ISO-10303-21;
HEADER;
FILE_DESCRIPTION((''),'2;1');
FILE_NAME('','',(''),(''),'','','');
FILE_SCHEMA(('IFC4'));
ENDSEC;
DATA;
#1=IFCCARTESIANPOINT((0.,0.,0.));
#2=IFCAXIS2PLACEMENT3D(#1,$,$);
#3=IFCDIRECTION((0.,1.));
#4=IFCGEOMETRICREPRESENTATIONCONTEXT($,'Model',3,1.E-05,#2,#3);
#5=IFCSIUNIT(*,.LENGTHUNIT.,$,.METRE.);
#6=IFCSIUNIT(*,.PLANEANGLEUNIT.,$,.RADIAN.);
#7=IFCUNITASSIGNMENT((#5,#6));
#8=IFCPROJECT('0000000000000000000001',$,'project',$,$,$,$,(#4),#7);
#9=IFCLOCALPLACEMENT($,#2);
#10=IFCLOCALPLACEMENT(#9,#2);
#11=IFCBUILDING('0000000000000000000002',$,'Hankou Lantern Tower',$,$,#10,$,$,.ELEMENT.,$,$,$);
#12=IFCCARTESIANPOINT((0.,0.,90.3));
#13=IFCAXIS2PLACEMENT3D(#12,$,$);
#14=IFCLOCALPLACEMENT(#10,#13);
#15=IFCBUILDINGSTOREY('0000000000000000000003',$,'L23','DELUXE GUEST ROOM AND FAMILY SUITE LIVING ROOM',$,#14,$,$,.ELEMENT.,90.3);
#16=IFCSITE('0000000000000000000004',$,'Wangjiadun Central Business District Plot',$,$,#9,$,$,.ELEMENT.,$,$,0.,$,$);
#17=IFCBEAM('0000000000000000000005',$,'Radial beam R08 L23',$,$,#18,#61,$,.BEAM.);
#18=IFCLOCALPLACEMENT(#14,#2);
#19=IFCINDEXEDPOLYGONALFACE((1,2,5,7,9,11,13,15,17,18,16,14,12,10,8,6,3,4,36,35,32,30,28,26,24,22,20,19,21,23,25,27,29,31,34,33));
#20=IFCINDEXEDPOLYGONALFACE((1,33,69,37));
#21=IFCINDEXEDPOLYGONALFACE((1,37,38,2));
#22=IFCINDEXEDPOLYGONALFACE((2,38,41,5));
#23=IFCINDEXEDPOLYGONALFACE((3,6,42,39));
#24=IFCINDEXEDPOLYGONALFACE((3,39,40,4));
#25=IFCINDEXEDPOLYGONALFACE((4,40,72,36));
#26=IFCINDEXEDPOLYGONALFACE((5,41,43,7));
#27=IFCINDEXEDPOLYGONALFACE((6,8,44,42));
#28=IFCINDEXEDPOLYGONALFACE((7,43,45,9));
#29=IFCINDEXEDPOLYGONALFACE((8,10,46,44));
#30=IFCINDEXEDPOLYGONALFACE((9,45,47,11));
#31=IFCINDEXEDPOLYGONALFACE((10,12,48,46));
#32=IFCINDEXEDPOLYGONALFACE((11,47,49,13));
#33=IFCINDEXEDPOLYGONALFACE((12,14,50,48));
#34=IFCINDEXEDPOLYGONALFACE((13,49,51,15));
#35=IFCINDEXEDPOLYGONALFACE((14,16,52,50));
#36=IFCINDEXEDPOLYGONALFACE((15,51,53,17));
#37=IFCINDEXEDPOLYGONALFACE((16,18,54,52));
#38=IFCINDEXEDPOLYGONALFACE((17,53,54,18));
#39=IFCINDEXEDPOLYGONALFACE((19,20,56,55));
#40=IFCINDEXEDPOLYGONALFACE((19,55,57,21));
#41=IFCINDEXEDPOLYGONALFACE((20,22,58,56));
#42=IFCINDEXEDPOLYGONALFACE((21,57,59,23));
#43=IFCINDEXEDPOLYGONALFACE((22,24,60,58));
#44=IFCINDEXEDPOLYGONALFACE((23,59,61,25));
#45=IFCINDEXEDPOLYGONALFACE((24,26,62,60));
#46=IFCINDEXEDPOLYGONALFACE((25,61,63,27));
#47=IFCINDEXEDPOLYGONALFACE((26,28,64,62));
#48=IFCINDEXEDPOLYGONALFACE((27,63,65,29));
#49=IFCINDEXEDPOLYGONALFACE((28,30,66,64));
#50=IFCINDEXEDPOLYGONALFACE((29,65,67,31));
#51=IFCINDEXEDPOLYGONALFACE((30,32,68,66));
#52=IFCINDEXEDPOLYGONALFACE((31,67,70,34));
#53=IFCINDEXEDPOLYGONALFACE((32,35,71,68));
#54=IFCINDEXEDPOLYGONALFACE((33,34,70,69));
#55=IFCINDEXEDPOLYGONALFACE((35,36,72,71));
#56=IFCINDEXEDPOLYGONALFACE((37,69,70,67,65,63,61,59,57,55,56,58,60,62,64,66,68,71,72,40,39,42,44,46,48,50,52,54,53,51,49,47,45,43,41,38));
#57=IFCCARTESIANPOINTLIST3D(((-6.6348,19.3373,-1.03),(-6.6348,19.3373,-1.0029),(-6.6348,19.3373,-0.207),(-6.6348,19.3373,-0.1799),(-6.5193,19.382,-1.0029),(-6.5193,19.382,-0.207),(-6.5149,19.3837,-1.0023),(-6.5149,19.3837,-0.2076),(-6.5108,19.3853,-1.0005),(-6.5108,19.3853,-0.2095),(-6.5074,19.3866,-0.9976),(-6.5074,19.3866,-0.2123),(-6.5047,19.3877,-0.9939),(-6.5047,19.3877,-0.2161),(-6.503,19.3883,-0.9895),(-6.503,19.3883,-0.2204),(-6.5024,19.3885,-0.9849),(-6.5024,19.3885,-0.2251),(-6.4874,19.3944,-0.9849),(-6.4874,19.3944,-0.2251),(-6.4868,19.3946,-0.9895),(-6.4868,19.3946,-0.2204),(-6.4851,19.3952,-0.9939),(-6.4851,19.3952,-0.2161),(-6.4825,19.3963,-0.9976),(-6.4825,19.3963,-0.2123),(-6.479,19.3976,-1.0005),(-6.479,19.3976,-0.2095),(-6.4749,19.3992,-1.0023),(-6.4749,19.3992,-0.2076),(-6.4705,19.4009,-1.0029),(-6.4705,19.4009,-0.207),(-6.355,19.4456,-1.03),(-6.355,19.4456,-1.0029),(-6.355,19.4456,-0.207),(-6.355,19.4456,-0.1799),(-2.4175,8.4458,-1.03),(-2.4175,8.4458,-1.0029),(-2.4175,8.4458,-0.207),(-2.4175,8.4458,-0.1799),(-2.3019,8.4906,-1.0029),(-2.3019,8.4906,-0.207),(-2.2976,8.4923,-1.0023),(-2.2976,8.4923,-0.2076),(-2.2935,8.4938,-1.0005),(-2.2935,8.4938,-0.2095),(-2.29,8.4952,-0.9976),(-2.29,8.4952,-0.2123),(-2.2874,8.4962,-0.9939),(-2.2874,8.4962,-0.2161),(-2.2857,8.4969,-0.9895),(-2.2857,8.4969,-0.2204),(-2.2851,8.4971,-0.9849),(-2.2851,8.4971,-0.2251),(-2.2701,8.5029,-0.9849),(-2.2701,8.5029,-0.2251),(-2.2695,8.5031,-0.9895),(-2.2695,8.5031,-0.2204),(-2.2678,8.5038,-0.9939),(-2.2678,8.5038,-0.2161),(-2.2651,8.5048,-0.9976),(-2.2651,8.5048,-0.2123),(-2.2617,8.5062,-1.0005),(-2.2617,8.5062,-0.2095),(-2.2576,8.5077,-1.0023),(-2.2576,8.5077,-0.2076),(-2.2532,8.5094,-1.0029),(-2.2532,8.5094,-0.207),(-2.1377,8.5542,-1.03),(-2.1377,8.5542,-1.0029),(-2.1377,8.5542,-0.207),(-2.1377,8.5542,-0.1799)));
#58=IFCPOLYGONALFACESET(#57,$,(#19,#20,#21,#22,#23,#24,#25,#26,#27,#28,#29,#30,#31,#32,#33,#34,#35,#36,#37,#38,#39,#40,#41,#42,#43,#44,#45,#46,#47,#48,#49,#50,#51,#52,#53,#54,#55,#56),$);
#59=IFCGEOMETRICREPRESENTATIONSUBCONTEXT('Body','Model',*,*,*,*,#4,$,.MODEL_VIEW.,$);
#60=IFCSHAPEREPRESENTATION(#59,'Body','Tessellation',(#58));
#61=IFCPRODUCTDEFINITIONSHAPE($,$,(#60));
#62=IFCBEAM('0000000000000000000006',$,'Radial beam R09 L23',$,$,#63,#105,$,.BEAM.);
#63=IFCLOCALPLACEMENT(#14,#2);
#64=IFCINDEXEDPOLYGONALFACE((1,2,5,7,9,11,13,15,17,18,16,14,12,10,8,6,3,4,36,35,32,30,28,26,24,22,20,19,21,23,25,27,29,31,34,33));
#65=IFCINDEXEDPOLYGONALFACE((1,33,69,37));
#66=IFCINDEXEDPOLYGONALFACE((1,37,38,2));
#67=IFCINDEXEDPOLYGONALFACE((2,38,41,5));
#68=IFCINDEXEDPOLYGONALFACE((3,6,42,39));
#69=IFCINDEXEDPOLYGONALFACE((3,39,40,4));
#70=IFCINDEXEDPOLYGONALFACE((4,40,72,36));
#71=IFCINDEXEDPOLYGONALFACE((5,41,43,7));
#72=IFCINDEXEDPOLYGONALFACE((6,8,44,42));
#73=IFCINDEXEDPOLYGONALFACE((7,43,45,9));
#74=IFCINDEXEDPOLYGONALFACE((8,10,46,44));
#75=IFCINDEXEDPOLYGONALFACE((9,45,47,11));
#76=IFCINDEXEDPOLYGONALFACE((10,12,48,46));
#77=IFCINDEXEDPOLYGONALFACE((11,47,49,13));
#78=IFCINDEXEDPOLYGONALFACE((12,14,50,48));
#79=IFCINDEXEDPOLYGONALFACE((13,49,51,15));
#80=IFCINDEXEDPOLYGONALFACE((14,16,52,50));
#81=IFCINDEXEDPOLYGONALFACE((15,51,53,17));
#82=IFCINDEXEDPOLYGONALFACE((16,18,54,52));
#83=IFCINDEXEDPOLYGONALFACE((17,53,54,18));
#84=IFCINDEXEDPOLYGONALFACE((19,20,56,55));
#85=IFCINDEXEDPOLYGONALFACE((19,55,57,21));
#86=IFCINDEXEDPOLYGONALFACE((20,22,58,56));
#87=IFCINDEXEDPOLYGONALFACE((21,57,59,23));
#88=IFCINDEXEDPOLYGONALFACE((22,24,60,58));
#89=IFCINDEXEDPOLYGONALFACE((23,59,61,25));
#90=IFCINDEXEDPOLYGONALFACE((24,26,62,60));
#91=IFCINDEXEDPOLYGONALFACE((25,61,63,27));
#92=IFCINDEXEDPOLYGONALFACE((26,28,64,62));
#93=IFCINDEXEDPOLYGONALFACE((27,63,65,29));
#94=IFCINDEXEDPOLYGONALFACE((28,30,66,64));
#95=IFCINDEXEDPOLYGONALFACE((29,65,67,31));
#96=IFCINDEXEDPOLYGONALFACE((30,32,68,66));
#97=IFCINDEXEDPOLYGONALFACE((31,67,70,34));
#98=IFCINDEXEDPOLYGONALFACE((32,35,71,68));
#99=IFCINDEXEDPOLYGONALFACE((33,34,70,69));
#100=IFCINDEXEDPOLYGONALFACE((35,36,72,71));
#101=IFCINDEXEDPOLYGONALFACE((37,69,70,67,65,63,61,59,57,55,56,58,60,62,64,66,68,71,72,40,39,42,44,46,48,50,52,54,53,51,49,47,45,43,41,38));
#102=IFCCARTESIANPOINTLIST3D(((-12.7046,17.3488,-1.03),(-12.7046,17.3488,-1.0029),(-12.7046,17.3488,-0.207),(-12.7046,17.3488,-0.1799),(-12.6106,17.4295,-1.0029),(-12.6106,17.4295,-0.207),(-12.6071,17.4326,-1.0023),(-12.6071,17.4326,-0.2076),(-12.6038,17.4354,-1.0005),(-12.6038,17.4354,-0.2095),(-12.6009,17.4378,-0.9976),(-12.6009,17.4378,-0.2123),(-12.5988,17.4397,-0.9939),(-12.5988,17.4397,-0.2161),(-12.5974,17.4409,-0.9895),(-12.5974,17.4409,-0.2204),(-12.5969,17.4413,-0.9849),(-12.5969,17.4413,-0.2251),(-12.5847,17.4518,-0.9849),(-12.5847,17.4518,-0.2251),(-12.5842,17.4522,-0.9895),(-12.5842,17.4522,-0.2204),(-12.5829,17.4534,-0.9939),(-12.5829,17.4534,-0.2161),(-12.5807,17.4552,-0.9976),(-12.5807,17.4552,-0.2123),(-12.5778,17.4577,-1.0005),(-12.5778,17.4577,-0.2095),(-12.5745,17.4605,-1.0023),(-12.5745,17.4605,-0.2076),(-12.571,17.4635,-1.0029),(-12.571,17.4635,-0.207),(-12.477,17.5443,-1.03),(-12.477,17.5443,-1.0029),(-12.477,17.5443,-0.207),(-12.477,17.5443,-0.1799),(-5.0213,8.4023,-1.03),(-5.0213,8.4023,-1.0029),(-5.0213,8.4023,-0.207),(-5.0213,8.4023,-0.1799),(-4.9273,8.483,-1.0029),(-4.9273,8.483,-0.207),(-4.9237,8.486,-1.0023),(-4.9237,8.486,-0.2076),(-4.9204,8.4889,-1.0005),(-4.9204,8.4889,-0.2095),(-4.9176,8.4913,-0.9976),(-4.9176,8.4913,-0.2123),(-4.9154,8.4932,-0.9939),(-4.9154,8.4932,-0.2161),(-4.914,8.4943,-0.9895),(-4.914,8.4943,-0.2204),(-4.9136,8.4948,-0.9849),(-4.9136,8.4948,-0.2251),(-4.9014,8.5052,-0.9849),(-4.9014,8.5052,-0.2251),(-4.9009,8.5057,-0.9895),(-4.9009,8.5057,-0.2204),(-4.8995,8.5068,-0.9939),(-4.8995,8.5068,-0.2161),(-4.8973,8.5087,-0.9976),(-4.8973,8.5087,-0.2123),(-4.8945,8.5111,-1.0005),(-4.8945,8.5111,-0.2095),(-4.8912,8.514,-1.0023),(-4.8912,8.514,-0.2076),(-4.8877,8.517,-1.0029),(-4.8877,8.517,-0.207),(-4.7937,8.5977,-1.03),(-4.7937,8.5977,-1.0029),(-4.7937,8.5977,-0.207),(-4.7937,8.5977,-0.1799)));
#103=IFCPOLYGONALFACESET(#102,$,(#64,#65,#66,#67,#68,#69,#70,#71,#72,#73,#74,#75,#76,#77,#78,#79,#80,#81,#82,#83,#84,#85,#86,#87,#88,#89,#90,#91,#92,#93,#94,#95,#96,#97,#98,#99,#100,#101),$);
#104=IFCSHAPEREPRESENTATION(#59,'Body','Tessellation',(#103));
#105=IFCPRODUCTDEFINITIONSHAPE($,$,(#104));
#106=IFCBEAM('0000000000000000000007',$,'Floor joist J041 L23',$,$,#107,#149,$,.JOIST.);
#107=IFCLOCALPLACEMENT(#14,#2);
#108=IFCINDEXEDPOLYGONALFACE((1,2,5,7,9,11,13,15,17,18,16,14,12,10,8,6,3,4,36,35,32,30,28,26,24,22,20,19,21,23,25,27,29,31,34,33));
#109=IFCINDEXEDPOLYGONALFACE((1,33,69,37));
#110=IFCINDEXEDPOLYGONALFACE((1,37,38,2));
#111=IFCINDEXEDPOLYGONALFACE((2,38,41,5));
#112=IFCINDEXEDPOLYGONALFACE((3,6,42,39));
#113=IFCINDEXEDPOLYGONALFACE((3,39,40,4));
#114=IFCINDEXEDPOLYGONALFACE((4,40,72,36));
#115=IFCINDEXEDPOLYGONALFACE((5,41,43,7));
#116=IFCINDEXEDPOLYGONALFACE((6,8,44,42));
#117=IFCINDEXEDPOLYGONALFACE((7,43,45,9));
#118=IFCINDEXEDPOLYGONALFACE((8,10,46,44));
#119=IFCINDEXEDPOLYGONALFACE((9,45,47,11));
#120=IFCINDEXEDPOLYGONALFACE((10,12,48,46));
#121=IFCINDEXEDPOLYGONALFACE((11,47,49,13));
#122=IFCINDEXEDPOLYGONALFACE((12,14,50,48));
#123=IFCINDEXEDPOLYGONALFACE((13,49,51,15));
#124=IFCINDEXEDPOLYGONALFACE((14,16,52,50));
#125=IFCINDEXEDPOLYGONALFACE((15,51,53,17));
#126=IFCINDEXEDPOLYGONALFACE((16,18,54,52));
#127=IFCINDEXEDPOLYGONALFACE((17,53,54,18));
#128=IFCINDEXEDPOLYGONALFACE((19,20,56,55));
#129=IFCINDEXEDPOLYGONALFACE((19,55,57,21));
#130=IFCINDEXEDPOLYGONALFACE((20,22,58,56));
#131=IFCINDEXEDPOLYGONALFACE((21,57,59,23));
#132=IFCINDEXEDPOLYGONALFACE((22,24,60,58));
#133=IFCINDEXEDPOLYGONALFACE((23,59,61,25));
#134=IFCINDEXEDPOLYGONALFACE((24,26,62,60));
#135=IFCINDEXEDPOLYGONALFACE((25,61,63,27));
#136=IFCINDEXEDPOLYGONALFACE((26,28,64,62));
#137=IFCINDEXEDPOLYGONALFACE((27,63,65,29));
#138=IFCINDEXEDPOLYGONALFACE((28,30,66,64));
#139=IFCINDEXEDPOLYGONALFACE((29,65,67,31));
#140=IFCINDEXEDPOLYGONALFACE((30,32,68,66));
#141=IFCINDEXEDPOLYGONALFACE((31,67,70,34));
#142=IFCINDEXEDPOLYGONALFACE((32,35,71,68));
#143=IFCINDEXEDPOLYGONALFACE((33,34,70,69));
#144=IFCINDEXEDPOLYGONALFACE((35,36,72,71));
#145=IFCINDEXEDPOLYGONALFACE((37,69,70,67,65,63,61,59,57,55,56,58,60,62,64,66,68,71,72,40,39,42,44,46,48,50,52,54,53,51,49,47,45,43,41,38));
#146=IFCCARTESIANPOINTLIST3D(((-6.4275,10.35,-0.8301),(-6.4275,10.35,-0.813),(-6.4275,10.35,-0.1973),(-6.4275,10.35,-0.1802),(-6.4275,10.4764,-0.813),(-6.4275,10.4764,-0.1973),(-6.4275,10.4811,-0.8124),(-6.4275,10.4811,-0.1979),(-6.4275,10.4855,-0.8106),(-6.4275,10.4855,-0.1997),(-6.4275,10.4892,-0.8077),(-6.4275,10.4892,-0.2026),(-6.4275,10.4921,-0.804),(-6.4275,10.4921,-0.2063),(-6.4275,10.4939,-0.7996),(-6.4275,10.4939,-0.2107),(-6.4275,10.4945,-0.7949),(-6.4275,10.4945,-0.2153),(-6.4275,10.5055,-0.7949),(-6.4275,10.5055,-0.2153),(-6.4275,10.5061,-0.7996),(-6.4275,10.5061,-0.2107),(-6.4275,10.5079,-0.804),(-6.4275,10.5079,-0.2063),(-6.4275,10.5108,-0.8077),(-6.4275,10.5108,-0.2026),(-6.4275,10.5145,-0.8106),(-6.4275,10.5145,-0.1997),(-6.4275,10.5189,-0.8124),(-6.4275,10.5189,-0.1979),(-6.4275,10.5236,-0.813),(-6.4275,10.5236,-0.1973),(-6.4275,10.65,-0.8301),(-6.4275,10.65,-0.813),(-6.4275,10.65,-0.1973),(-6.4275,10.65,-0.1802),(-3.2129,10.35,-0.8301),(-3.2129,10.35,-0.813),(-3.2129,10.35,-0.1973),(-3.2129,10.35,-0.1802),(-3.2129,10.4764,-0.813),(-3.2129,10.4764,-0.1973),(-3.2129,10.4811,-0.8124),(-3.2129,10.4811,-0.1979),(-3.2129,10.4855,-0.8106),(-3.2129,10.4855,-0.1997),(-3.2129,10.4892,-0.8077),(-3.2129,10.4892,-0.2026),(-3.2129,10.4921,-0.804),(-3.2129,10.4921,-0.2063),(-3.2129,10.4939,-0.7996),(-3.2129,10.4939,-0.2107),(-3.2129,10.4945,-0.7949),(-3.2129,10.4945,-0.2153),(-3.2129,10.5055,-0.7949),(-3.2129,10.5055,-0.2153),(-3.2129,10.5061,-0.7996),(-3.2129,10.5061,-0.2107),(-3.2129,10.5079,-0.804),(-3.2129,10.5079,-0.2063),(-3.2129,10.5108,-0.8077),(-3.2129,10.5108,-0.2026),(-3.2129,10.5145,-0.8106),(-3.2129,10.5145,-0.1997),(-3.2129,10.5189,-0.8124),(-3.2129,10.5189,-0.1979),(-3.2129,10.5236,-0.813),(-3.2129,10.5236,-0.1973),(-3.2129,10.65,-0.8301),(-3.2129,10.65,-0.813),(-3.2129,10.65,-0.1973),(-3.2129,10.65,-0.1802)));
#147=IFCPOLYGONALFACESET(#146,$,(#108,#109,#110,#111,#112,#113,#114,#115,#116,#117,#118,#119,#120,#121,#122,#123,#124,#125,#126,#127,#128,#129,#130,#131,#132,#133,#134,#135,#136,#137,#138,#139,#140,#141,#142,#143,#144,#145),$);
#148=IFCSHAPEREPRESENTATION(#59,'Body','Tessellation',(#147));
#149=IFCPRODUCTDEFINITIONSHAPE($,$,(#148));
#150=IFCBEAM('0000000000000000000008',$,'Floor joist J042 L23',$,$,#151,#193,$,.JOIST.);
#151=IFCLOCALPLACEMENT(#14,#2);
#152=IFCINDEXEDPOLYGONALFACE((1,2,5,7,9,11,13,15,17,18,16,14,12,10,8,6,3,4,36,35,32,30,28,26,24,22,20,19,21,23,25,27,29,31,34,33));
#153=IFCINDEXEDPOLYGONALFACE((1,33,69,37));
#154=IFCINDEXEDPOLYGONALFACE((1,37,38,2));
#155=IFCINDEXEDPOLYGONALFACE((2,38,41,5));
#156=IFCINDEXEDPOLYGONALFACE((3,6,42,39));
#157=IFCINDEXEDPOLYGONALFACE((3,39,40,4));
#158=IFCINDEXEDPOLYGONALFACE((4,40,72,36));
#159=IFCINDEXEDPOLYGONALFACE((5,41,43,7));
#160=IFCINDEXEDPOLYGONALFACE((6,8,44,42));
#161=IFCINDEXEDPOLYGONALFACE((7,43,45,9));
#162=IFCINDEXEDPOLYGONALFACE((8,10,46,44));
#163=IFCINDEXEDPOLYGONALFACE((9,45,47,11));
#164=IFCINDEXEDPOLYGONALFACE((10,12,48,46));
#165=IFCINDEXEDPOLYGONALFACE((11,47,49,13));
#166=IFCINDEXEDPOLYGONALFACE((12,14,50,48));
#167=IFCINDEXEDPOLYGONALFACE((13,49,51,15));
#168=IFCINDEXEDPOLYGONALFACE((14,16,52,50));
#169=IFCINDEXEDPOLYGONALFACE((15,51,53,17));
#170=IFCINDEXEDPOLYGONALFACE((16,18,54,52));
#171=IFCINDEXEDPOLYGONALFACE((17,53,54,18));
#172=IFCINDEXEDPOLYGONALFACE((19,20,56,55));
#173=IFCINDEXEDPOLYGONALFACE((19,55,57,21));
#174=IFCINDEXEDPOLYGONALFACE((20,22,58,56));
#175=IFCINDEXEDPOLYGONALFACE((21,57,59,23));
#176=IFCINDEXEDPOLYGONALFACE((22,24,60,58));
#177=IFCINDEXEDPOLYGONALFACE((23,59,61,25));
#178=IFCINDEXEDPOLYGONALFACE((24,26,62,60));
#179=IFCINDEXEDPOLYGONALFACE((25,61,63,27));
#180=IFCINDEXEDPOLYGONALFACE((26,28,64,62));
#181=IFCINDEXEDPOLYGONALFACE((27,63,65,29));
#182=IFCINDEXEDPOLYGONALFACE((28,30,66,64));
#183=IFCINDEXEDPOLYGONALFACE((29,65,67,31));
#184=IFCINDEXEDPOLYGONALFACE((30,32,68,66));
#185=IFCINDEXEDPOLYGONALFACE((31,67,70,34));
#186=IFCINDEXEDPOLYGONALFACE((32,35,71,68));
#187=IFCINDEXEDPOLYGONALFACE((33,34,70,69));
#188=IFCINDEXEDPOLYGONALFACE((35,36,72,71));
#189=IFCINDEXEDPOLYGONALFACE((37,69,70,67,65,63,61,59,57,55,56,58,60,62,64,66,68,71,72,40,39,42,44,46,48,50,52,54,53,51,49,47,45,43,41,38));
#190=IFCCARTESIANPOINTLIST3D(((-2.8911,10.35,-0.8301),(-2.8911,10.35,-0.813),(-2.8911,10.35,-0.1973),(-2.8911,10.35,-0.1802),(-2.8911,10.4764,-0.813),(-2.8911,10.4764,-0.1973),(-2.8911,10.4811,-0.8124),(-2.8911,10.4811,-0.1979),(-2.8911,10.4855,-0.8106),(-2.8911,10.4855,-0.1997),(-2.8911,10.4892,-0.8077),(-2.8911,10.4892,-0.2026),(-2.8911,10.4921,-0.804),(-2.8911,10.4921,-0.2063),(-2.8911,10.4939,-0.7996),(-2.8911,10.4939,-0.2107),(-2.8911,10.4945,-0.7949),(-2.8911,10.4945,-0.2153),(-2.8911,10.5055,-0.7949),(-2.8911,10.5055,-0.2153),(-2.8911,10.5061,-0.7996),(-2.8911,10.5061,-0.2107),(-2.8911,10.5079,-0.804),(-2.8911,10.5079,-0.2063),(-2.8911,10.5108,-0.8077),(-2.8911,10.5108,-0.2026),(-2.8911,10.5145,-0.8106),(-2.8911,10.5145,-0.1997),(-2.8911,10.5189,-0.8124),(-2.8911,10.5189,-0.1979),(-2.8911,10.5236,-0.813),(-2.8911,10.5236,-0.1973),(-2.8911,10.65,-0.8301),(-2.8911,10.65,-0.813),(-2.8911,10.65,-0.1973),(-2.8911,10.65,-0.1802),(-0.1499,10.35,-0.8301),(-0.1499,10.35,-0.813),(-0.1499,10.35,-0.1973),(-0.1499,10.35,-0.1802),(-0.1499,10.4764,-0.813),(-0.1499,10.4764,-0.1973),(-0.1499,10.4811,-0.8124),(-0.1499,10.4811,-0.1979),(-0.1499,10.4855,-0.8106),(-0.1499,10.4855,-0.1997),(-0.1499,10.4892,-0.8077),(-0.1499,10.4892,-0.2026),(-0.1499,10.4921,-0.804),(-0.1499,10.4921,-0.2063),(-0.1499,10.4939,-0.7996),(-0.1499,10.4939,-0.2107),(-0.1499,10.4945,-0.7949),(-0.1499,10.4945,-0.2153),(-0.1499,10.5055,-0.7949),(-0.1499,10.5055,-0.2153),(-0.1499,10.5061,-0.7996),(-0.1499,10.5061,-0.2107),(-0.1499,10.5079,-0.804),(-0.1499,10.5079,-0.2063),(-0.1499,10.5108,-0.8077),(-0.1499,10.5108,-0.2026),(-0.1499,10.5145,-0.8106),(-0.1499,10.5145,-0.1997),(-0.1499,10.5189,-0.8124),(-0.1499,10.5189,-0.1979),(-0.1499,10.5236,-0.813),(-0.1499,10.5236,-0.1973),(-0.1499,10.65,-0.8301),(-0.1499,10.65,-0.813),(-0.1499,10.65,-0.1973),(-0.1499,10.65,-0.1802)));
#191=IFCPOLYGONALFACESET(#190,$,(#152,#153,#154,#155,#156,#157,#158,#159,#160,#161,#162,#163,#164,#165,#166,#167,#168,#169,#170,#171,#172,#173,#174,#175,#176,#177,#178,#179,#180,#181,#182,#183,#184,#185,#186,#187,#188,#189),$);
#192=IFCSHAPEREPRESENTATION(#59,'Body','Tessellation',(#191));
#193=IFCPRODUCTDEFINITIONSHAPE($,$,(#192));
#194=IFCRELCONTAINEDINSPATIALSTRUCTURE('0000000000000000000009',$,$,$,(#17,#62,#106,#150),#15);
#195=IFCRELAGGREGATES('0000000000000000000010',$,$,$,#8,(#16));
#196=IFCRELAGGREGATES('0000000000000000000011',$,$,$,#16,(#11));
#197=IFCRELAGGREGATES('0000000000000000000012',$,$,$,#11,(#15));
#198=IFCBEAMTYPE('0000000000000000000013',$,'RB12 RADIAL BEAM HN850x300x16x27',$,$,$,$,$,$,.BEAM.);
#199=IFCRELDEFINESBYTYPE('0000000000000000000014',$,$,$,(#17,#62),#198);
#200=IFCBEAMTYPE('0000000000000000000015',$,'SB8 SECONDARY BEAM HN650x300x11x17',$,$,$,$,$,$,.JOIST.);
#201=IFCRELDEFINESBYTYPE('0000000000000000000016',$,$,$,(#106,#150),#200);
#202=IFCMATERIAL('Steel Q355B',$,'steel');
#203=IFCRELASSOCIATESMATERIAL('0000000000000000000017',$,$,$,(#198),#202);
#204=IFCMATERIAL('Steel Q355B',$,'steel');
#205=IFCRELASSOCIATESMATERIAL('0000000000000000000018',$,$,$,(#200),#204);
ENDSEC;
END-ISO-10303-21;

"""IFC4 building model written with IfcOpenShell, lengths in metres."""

from ifc_helpers import new_model, si_unit, direction, frame, origin, origin_2d, place, context, subcontext, project, spatial, i_section, extrude, material, material_profile, profile_set, type_object, element, save


model = new_model("IFC4")

# Units and contexts
model_context = context("Model", 3, precision=1e-05, world=origin(), true_north=direction((0.0, 1.0)))
body_context = subcontext(model_context, "Body", "Model", "MODEL_VIEW")
ifc_project = project(units=[si_unit("LENGTHUNIT", "METRE"), si_unit("PLANEANGLEUNIT", "RADIAN")], contexts=[model_context])

# Site, building, storey
site_placement = place(None, origin())
site = spatial("IfcSite", under=ifc_project, at=site_placement, Name="Wangjiadun Central Business District Plot", CompositionType="ELEMENT", RefElevation=0.0)
building_placement = place(site_placement, origin())
building = spatial("IfcBuilding", under=site, at=building_placement, Name="Hankou Lantern Tower", CompositionType="ELEMENT")
storey_placement = place(building_placement, frame((0.0, 0.0, 90.3)))
storey = spatial("IfcBuildingStorey", under=building, at=storey_placement, Name="L23", Description="DELUXE GUEST ROOM AND FAMILY SUITE LIVING ROOM", CompositionType="ELEMENT", Elevation=90.3)

# Beams
ifc_material_1 = material(Name="Steel Q355B", Category="steel")
ifc_material_profile_1 = material_profile(ifc_material_1, i_section(OverallWidth=0.3, OverallDepth=0.8501, WebThickness=0.0161, FlangeThickness=0.0271, FilletRadius=0.0181, at=origin_2d()), Name="HN850x300x16x27")
ifc_profile_set_1 = profile_set([ifc_material_profile_1], Name="Steel Q355B")
beam_type_1 = type_object("IfcBeamType", Name="RB12 RADIAL BEAM HN850x300x16x27", PredefinedType="BEAM", material=ifc_profile_set_1)
beam_1_placement = place(storey_placement, frame((-2.2776, 8.5, -0.605), z_axis=(-0.361089, 0.932531, 0.0), x_axis=(-0.932531, -0.361089, 0.0)))
element("IfcBeam", 1, at=beam_1_placement, inside=storey, type_object=beam_type_1, Name="Radial beam R08 L23", PredefinedType="BEAM", context=body_context, shape_type="SweptSolid", body=[
    extrude(i_section(OverallWidth=0.3, OverallDepth=0.8501, WebThickness=0.0161, FlangeThickness=0.0271, FilletRadius=0.0181, at=origin_2d()), origin(), (0.0, 0.0, 1.0), 11.6794),
])
beam_2_placement = place(storey_placement, frame((-4.9075, 8.5, -0.605), z_axis=(-0.651519, 0.758632, 0.0), x_axis=(-0.758632, -0.651519, 0.0)))
element("IfcBeam", 2, at=beam_2_placement, inside=storey, type_object=beam_type_1, Name="Radial beam R09 L23", PredefinedType="BEAM", context=body_context, shape_type="SweptSolid", body=[
    extrude(i_section(OverallWidth=0.3, OverallDepth=0.8501, WebThickness=0.0161, FlangeThickness=0.0271, FilletRadius=0.0181, at=origin_2d()), origin(), (0.0, 0.0, 1.0), 11.793),
])
ifc_material_2 = material(Name="Steel Q355B", Category="steel")
ifc_material_profile_2 = material_profile(ifc_material_2, i_section(OverallWidth=0.3, OverallDepth=0.6499, WebThickness=0.011, FlangeThickness=0.0171, FilletRadius=0.0181, at=origin_2d()), Name="HN650x300x11x17")
ifc_profile_set_2 = profile_set([ifc_material_profile_2], Name="Steel Q355B")
beam_type_2 = type_object("IfcBeamType", Name="SB8 SECONDARY BEAM HN650x300x11x17", PredefinedType="JOIST", material=ifc_profile_set_2)
beam_3_placement = place(storey_placement, frame((-6.4275, 10.5, -0.5051), z_axis=(1.0, 0.0, 0.0), x_axis=(0.0, 1.0, 0.0)))
element("IfcBeam", 3, at=beam_3_placement, inside=storey, type_object=beam_type_2, Name="Floor joist J041 L23", PredefinedType="JOIST", context=body_context, shape_type="SweptSolid", body=[
    extrude(i_section(OverallWidth=0.3, OverallDepth=0.6499, WebThickness=0.011, FlangeThickness=0.0171, FilletRadius=0.0181, at=origin_2d()), origin(), (0.0, 0.0, 1.0), 3.2146),
])
beam_4_placement = place(storey_placement, frame((-2.8911, 10.5, -0.5051), z_axis=(1.0, 0.0, 0.0), x_axis=(0.0, 1.0, 0.0)))
element("IfcBeam", 4, at=beam_4_placement, inside=storey, type_object=beam_type_2, Name="Floor joist J042 L23", PredefinedType="JOIST", context=body_context, shape_type="SweptSolid", body=[
    extrude(i_section(OverallWidth=0.3, OverallDepth=0.6499, WebThickness=0.011, FlangeThickness=0.0171, FilletRadius=0.0181, at=origin_2d()), origin(), (0.0, 0.0, 1.0), 2.7412),
])

save(model, "model.ifc")
